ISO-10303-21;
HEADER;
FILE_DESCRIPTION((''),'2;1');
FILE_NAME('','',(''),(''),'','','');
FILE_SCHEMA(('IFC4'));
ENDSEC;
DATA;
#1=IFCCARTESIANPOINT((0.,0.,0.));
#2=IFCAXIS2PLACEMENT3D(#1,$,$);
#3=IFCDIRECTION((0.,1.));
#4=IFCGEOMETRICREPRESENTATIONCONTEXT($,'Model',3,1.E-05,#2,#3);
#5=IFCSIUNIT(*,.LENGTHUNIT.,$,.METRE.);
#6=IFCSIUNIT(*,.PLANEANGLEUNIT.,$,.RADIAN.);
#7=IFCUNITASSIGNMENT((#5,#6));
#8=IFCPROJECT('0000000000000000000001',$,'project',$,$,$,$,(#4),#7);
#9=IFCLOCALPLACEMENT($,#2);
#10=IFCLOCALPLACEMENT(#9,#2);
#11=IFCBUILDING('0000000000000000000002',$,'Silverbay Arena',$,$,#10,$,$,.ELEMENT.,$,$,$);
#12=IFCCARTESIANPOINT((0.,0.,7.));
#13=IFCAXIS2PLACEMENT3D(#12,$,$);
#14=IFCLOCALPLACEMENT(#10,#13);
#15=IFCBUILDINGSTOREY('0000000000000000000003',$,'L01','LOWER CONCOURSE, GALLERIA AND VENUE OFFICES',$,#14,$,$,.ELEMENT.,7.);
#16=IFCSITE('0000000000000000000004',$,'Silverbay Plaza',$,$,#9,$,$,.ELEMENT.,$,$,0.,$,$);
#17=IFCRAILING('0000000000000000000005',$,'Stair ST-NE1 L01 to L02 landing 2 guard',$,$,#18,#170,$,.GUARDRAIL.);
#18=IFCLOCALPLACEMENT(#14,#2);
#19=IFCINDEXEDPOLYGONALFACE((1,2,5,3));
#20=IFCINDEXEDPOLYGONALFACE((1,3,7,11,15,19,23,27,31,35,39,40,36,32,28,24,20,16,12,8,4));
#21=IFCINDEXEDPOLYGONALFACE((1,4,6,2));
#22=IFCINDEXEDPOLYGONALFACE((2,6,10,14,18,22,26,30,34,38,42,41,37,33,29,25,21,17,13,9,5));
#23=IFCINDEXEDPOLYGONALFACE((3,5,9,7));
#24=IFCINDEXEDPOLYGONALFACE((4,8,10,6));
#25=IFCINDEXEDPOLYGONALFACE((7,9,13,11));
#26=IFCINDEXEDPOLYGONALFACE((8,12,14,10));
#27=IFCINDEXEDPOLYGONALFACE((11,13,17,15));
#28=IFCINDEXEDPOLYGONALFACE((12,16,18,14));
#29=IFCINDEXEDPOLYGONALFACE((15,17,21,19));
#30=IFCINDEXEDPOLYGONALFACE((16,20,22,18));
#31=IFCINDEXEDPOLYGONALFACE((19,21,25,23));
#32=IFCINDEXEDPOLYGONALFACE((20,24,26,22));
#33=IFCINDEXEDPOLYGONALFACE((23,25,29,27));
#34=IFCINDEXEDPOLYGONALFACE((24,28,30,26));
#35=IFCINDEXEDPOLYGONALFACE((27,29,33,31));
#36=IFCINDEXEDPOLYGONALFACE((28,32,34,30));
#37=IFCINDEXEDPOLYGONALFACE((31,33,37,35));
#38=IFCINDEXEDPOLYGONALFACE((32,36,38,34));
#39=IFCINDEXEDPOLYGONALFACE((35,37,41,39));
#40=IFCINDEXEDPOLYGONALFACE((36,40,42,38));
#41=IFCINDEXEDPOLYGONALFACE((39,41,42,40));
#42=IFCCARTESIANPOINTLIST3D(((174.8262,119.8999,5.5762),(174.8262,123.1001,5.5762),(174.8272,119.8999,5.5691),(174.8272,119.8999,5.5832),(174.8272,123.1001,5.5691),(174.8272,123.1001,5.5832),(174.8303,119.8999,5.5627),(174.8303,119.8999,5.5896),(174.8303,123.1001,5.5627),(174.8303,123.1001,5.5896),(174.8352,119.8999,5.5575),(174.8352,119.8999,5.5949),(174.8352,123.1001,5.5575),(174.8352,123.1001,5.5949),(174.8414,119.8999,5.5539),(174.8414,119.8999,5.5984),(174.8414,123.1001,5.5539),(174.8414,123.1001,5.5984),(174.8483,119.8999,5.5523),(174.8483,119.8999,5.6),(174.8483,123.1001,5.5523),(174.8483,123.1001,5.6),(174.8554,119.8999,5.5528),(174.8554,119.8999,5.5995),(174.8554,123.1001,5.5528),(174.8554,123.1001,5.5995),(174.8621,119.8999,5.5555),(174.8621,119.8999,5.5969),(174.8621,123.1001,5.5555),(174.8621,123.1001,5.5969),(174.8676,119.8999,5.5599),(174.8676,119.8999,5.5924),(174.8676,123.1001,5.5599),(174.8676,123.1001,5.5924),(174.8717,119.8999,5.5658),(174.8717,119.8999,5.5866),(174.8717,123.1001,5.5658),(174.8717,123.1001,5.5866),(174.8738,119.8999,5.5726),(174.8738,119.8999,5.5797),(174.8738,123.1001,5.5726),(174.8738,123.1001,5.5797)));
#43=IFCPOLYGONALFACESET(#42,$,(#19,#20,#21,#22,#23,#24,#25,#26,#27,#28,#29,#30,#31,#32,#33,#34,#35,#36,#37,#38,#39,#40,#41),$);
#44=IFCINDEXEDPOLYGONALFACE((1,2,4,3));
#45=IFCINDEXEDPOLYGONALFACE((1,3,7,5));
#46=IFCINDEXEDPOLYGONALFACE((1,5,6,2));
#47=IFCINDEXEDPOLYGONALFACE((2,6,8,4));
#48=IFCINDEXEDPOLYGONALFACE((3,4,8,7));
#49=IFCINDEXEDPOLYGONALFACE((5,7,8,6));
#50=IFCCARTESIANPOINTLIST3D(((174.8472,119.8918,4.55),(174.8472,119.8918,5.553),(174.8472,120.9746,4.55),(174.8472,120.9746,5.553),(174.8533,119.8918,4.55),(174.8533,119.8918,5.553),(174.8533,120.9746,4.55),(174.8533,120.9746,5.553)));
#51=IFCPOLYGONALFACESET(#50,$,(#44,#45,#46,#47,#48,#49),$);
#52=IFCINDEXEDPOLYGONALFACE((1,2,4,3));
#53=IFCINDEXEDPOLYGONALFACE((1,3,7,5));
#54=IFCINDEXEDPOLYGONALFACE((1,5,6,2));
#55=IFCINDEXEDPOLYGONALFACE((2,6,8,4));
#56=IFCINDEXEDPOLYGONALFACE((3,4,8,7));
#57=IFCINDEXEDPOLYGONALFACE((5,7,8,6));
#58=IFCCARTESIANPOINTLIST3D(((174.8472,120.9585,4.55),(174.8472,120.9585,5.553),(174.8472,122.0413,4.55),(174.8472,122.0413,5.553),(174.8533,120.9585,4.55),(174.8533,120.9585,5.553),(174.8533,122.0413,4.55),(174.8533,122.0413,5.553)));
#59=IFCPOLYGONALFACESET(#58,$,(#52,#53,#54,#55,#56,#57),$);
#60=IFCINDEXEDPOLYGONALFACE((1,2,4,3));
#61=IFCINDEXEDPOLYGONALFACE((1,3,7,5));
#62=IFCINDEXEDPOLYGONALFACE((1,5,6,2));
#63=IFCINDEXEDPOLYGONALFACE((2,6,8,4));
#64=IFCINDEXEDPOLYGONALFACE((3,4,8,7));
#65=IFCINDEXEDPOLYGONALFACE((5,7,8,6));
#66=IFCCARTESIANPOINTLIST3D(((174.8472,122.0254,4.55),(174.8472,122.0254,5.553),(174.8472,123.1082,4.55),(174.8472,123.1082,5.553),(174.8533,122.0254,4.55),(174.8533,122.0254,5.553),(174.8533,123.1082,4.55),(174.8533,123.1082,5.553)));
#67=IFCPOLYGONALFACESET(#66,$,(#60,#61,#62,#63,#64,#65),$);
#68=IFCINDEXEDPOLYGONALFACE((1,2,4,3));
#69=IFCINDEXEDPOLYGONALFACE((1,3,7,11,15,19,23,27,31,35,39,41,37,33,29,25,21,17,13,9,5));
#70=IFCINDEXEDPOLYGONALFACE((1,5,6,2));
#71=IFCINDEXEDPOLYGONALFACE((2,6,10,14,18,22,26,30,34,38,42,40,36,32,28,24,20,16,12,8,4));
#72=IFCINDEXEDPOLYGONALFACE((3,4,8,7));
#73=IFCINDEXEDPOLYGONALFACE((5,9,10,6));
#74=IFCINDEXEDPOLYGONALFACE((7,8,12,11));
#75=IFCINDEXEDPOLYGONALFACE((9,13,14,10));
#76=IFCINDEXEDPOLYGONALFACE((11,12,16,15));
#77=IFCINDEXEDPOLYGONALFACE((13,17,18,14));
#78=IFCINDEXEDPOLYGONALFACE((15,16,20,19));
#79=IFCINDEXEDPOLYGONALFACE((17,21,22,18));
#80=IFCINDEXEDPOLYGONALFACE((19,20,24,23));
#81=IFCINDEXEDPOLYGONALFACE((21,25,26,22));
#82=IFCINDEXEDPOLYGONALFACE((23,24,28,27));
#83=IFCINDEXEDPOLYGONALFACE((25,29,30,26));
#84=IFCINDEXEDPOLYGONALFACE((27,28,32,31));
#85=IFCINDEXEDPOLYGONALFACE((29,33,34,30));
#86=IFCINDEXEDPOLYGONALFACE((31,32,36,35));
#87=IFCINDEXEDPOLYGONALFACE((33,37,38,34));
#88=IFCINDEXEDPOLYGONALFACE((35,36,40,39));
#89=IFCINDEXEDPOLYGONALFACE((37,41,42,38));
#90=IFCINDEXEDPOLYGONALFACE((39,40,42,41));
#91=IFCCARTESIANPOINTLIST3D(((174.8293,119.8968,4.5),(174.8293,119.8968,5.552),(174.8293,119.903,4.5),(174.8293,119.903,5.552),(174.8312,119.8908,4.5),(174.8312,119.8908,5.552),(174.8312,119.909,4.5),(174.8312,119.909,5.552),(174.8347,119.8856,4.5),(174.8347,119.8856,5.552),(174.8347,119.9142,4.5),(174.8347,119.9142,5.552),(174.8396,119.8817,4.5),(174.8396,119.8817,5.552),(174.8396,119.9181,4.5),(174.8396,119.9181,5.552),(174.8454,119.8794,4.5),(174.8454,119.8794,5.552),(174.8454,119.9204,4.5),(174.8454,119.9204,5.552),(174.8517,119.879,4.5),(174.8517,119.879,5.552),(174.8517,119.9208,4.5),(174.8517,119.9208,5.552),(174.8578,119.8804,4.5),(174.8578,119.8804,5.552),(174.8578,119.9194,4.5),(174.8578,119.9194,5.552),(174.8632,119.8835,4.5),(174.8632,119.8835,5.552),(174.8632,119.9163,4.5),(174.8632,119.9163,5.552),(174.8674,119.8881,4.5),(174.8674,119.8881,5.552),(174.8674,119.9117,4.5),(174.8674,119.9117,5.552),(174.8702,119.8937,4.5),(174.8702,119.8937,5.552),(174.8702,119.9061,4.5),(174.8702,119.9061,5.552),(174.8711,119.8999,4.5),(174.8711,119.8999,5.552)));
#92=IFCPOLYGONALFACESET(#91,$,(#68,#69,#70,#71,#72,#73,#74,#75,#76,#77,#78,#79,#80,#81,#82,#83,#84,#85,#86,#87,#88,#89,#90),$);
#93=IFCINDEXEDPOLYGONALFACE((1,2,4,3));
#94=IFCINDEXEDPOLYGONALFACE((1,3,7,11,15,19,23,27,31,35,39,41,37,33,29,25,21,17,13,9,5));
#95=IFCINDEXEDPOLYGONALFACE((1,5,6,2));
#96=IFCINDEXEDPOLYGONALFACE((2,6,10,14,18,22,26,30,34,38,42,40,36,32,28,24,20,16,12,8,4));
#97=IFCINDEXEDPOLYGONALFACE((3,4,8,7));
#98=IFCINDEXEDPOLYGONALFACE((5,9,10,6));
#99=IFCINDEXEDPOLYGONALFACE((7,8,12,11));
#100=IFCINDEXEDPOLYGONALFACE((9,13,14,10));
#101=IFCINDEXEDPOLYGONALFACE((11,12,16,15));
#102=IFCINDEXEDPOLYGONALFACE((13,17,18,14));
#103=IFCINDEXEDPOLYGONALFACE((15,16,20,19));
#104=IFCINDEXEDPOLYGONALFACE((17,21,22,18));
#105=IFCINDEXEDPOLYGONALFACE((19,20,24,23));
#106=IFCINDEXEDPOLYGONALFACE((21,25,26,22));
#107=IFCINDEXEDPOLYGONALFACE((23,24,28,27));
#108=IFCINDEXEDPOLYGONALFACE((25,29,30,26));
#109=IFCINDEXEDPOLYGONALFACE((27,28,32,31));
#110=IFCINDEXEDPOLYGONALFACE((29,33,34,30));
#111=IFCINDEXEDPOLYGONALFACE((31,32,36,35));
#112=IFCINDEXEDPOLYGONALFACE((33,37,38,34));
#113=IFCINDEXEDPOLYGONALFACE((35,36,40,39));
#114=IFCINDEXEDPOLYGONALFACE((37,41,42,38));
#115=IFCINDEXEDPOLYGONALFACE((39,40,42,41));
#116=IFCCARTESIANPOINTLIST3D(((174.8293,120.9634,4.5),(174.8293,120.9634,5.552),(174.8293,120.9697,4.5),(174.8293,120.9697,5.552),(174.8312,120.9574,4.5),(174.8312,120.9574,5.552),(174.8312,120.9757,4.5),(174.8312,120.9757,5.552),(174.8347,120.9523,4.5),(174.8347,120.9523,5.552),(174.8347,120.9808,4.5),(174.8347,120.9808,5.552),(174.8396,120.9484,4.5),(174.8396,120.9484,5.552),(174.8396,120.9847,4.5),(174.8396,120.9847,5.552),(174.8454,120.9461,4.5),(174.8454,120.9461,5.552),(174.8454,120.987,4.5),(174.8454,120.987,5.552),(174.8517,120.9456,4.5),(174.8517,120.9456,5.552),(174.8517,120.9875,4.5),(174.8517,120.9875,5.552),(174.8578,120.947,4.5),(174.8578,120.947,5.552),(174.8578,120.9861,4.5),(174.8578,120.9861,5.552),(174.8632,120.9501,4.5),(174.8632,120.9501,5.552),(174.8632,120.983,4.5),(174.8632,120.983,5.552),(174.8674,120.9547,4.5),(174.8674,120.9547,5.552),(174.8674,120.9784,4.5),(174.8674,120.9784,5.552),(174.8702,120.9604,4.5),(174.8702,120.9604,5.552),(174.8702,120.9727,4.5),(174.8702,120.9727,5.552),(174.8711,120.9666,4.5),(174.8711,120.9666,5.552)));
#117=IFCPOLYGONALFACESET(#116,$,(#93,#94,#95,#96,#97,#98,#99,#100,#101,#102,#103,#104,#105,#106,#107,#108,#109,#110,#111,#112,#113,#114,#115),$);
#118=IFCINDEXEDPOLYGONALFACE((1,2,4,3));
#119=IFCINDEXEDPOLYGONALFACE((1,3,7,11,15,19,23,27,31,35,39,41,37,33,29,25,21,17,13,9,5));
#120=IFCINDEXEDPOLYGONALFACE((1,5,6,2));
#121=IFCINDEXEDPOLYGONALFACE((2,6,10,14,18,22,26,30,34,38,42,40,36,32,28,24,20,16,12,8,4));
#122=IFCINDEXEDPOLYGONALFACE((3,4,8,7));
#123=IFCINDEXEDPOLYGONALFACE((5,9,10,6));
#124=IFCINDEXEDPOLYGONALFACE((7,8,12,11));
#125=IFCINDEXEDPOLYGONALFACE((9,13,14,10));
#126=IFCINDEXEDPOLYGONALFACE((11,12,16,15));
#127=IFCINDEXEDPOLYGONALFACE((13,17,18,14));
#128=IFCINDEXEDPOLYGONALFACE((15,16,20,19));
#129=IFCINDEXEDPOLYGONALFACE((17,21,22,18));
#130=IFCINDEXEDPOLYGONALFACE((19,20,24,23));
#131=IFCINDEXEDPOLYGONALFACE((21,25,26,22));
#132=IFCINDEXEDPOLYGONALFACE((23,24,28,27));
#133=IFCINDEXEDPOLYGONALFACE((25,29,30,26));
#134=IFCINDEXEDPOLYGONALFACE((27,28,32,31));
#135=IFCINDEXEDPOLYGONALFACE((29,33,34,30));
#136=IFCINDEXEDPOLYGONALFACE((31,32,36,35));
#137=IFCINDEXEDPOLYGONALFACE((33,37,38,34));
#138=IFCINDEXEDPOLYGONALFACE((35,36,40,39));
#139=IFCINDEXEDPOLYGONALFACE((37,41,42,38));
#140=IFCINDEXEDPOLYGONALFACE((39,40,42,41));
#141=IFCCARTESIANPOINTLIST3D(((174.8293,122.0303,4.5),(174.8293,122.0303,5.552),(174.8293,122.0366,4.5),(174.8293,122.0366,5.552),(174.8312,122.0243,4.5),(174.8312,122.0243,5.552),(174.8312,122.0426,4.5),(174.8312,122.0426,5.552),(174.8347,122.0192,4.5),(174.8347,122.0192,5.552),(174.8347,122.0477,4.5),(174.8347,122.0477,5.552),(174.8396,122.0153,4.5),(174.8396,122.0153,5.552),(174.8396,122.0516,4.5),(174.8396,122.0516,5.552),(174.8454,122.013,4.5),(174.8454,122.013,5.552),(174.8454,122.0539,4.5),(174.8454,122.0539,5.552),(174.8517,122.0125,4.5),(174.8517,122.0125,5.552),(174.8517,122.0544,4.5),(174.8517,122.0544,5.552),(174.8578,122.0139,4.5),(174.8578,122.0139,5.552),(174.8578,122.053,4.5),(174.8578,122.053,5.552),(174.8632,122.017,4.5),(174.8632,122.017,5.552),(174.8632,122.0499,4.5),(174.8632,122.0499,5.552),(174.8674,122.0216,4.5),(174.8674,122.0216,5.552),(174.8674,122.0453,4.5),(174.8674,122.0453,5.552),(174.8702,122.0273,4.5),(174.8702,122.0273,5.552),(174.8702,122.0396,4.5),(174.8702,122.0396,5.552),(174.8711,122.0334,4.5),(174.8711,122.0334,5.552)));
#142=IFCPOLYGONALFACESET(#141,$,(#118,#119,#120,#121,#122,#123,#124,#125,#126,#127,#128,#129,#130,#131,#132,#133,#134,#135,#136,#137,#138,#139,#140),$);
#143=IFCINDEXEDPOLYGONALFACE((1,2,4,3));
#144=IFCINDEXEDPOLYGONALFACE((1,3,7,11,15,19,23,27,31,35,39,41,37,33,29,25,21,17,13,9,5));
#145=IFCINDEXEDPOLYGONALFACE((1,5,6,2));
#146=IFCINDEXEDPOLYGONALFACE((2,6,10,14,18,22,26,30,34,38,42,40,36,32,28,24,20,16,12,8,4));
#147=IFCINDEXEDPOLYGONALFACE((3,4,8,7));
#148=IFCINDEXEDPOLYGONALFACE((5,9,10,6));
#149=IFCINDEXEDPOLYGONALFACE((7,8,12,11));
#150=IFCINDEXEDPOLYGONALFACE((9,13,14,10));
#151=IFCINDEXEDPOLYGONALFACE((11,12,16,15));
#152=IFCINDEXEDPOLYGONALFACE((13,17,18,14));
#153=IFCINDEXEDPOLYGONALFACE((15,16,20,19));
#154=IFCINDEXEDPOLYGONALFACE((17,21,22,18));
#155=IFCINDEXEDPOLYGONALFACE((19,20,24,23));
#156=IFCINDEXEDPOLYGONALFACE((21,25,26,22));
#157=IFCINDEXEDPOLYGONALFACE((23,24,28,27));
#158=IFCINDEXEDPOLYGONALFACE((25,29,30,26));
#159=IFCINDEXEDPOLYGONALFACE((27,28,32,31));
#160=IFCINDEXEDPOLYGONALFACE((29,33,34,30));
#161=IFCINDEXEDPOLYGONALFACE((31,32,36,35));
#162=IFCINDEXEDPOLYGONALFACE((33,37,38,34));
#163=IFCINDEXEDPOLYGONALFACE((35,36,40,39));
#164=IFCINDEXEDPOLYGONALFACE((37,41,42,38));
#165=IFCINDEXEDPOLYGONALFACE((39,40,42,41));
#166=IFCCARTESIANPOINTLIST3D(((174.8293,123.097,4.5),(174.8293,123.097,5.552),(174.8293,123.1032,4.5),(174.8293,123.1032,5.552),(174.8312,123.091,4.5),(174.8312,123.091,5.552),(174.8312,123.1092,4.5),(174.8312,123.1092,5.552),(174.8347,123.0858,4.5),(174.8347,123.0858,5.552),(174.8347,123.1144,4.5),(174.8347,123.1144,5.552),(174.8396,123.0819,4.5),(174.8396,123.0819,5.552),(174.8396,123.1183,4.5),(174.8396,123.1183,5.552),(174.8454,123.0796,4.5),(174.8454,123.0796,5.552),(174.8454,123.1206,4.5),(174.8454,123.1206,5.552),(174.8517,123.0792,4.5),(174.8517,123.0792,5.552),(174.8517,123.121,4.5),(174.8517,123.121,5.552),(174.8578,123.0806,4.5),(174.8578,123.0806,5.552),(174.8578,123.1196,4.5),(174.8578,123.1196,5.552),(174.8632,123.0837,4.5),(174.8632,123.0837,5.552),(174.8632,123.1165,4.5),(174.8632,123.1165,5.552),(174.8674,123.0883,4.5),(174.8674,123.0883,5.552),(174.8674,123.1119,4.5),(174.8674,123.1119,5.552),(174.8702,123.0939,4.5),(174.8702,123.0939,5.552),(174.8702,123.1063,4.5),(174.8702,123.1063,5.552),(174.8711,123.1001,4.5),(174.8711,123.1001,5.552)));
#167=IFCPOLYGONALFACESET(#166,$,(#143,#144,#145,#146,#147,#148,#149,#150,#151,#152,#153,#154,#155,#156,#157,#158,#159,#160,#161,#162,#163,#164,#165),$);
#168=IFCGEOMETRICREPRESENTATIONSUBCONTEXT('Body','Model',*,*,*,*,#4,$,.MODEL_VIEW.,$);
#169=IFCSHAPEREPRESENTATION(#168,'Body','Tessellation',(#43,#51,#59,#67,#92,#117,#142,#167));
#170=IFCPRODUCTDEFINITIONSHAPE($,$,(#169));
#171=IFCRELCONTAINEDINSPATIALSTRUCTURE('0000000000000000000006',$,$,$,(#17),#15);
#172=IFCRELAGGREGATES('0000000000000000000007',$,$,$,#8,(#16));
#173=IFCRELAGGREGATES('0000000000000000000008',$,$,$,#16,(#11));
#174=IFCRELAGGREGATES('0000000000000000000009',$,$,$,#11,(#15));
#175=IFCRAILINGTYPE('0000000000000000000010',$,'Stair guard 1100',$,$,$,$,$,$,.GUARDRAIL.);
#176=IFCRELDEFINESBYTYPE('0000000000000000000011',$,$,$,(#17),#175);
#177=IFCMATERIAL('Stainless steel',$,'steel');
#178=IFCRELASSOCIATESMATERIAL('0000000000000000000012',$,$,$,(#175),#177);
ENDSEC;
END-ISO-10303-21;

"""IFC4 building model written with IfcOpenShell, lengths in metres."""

from ifc_helpers import new_model, si_unit, direction, frame, origin, origin_2d, place, context, subcontext, project, spatial, polyline, circle, outline, extrude, material, type_object, element, save


model = new_model("IFC4")

# Units and contexts
model_context = context("Model", 3, precision=1e-05, world=origin(), true_north=direction((0.0, 1.0)))
body_context = subcontext(model_context, "Body", "Model", "MODEL_VIEW")
ifc_project = project(units=[si_unit("LENGTHUNIT", "METRE"), si_unit("PLANEANGLEUNIT", "RADIAN")], contexts=[model_context])

# Site, building, storey
site_placement = place(None, origin())
site = spatial("IfcSite", under=ifc_project, at=site_placement, Name="Silverbay Plaza", CompositionType="ELEMENT", RefElevation=0.0)
building_placement = place(site_placement, origin())
building = spatial("IfcBuilding", under=site, at=building_placement, Name="Silverbay Arena", CompositionType="ELEMENT")
storey_placement = place(building_placement, frame((0.0, 0.0, 7.0)))
storey = spatial("IfcBuildingStorey", under=building, at=storey_placement, Name="L01", Description="LOWER CONCOURSE, GALLERIA AND VENUE OFFICES", CompositionType="ELEMENT", Elevation=7.0)

# Railing
ifc_material_1 = material(Name="Stainless steel", Category="steel")
railing_type_1 = type_object("IfcRailingType", Name="Stair guard 1100", PredefinedType="GUARDRAIL", material=ifc_material_1)
railing_1_placement = place(storey_placement, frame((174.8501, 119.8999, 4.5)))
element("IfcRailing", 1, at=railing_1_placement, inside=storey, type_object=railing_type_1, Name="Stair ST-NE1 L01 to L02 landing 2 guard", PredefinedType="GUARDRAIL", context=body_context, shape_type="SweptSolid", body=[
    extrude(circle(Radius=0.0239, at=origin_2d()), frame((0.0, 0.0, 1.0762), z_axis=(0.0, 1.0, 0.0), x_axis=(-1.0, 0.0, 0.0)), (0.0, 0.0, 1.0), 3.2002),
    extrude(outline(polyline([(-0.0081, 0.05), (1.0747, 0.05), (1.0747, 1.053), (-0.0081, 1.053), (-0.0081, 0.05)])), frame((-0.0029, 0.0, 0.0), z_axis=(1.0, 0.0, 0.0), x_axis=(0.0, 1.0, 0.0)), (0.0, 0.0, 1.0), 0.0061),
    extrude(outline(polyline([(-0.0081, 0.05), (1.0747, 0.05), (1.0747, 1.053), (-0.0081, 1.053), (-0.0081, 0.05)])), frame((-0.0029, 1.0667, 0.0), z_axis=(1.0, 0.0, 0.0), x_axis=(0.0, 1.0, 0.0)), (0.0, 0.0, 1.0), 0.0061),
    extrude(outline(polyline([(-0.0081, 0.05), (1.0747, 0.05), (1.0747, 1.053), (-0.0081, 1.053), (-0.0081, 0.05)])), frame((-0.0029, 2.1335, 0.0), z_axis=(1.0, 0.0, 0.0), x_axis=(0.0, 1.0, 0.0)), (0.0, 0.0, 1.0), 0.0061),
    extrude(circle(Radius=0.021, at=origin_2d()), origin(), (0.0, 0.0, 1.0), 1.052),
    extrude(circle(Radius=0.021, at=origin_2d()), frame((0.0, 1.0667, 0.0)), (0.0, 0.0, 1.0), 1.052),
    extrude(circle(Radius=0.021, at=origin_2d()), frame((0.0, 2.1335, 0.0)), (0.0, 0.0, 1.0), 1.052),
    extrude(circle(Radius=0.021, at=origin_2d()), frame((0.0, 3.2002, 0.0)), (0.0, 0.0, 1.0), 1.052),
])

save(model, "model.ifc")
